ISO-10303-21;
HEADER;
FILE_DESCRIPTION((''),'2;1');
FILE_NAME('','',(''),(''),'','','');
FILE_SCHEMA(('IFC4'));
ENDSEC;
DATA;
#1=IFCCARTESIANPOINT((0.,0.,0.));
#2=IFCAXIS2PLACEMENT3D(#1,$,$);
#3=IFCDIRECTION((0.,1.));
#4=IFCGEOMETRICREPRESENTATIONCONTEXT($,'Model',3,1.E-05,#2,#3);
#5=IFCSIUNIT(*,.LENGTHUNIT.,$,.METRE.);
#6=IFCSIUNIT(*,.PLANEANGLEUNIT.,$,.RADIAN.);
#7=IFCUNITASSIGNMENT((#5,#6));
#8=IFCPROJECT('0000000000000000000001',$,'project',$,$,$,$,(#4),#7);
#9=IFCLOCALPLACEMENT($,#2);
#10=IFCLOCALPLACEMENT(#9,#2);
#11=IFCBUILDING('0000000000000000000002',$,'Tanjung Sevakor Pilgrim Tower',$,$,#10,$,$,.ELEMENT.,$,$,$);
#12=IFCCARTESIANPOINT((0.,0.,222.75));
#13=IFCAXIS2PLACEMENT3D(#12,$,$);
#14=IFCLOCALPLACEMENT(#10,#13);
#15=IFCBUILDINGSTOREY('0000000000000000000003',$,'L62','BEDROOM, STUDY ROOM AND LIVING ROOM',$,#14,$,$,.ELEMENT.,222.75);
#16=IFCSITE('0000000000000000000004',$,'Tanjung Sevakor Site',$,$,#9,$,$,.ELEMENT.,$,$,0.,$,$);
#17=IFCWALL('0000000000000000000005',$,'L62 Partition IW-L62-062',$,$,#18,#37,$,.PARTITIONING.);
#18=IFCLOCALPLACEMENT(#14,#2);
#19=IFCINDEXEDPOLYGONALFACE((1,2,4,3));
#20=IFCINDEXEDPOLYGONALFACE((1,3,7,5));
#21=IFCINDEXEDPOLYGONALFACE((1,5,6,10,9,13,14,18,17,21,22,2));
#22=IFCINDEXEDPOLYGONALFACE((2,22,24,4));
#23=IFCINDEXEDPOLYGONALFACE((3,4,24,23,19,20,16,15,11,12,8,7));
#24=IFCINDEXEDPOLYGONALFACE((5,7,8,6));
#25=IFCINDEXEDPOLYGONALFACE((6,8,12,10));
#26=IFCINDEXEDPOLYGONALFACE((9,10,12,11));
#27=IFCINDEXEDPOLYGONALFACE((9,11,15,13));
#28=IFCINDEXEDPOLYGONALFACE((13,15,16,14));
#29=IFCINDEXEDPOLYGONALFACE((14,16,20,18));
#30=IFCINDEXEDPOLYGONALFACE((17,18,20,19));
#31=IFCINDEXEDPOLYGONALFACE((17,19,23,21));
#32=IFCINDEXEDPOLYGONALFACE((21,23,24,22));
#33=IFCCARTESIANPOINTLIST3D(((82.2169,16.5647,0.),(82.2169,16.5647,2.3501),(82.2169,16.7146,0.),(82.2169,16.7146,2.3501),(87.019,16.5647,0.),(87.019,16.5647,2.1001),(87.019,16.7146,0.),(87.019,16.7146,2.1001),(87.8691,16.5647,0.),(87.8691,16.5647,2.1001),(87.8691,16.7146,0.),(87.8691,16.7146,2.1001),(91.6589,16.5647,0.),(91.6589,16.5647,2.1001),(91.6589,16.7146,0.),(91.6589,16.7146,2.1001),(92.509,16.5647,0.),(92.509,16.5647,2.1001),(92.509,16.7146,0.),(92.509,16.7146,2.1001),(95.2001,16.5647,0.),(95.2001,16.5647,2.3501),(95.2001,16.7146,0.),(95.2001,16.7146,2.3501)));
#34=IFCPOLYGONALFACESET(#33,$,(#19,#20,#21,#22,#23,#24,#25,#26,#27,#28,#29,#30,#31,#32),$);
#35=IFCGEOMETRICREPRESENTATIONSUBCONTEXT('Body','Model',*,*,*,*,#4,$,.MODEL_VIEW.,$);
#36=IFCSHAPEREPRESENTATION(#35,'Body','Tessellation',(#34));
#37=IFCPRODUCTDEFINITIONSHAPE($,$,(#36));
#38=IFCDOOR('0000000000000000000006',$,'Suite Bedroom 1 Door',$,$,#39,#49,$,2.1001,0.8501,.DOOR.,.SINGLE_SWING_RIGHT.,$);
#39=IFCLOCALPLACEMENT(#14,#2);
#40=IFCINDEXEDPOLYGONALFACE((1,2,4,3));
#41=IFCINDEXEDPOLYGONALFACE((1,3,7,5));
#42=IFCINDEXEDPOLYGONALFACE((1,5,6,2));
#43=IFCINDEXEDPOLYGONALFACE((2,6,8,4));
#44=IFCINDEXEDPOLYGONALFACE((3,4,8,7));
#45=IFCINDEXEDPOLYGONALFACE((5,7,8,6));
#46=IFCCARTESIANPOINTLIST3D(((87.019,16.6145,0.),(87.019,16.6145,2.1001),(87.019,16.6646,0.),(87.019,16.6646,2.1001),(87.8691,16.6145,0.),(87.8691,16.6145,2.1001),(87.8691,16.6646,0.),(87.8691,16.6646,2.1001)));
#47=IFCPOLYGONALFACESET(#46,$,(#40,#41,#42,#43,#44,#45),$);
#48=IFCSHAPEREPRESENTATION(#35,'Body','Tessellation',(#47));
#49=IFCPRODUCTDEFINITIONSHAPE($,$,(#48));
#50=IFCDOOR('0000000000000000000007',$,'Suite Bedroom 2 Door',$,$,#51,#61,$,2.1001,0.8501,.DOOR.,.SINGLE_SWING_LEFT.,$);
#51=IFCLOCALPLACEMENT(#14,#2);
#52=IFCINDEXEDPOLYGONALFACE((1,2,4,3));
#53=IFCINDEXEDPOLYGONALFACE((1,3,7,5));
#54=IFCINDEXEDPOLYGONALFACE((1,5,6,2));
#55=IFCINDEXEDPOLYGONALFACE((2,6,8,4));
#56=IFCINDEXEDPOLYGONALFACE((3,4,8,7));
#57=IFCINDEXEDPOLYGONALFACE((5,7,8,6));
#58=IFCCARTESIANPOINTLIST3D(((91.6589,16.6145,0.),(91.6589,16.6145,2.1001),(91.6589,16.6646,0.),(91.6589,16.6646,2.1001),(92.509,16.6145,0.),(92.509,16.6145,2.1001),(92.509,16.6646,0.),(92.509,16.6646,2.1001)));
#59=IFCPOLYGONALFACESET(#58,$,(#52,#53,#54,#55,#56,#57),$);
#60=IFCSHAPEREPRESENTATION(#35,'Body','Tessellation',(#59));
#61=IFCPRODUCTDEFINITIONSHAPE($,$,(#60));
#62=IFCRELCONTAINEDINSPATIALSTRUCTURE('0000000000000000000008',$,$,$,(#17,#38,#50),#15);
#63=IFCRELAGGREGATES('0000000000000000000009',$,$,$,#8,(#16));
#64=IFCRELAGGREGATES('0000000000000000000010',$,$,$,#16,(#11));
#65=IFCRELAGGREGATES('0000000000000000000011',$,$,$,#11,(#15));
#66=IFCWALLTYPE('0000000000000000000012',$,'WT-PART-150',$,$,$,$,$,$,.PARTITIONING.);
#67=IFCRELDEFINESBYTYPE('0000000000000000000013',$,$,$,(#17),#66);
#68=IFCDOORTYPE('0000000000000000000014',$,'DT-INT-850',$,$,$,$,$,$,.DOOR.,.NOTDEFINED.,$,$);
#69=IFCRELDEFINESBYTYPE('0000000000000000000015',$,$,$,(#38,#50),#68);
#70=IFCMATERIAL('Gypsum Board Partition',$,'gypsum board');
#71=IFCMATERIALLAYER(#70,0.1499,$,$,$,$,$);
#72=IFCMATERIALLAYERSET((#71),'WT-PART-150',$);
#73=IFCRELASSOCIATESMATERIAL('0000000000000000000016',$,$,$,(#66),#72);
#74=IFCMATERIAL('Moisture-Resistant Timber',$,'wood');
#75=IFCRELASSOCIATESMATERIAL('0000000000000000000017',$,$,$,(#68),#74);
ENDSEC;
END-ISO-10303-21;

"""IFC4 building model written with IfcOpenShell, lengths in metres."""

from ifc_helpers import new_model, si_unit, direction, frame, frame_2d, origin, place, context, subcontext, project, spatial, rectangle, extrude, material, layer, layer_set, type_object, element, fill, save


model = new_model("IFC4")

# Units and contexts
model_context = context("Model", 3, precision=1e-05, world=origin(), true_north=direction((0.0, 1.0)))
body_context = subcontext(model_context, "Body", "Model", "MODEL_VIEW")
ifc_project = project(units=[si_unit("LENGTHUNIT", "METRE"), si_unit("PLANEANGLEUNIT", "RADIAN")], contexts=[model_context])

# Site, building, storey
site_placement = place(None, origin())
site = spatial("IfcSite", under=ifc_project, at=site_placement, Name="Tanjung Sevakor Site", CompositionType="ELEMENT", RefElevation=0.0)
building_placement = place(site_placement, origin())
building = spatial("IfcBuilding", under=site, at=building_placement, Name="Tanjung Sevakor Pilgrim Tower", CompositionType="ELEMENT")
storey_placement = place(building_placement, frame((0.0, 0.0, 222.75)))
storey = spatial("IfcBuildingStorey", under=building, at=storey_placement, Name="L62", Description="BEDROOM, STUDY ROOM AND LIVING ROOM", CompositionType="ELEMENT", Elevation=222.75)

# Shared definitions
ifc_material_1 = material(Name="Gypsum Board Partition", Category="gypsum board")
ifc_layer_1 = layer(ifc_material_1, 0.1499)
ifc_layer_set_1 = layer_set([ifc_layer_1], Name="WT-PART-150")
wall_type_1 = type_object("IfcWallType", Name="WT-PART-150", PredefinedType="PARTITIONING", material=ifc_layer_set_1)

# Wall, openings, doors
ifc_material_2 = material(Name="Moisture-Resistant Timber", Category="wood")
door_type_1 = type_object("IfcDoorType", Name="DT-INT-850", OperationType="NOTDEFINED", PredefinedType="DOOR", material=ifc_material_2)
wall_1_placement = place(storey_placement, frame((82.2168, 16.6396, 0.0), z_axis=(0.0, 0.0, 1.0), x_axis=(1.0, 0.0, 0.0)))
wall_1 = element("IfcWall", 1, at=wall_1_placement, inside=storey, type_object=wall_type_1, Name="L62 Partition IW-L62-062", PredefinedType="PARTITIONING", context=body_context, shape_type="SweptSolid", body=[
    extrude(rectangle(XDim=12.9832, YDim=0.1499, at=frame_2d((6.4917, 0.0))), origin(), (0.0, 0.0, 1.0), 2.3501),
])
opening_1_placement = place(wall_1_placement, frame((4.8022, 0.0, 0.0)))
opening_1 = element("IfcOpeningElement", 2, at=opening_1_placement, cuts=wall_1, PredefinedType="OPENING", context=body_context, shape_type="SweptSolid", body=[
    extrude(rectangle(XDim=0.8501, YDim=2.1001, at=frame_2d((0.425, 1.05))), frame((0.0, 0.085, 0.0), z_axis=(0.0, -1.0, 0.0), x_axis=(1.0, 0.0, 0.0)), (0.0, 0.0, 1.0), 0.1699),
])
opening_2_placement = place(wall_1_placement, frame((9.4421, 0.0, 0.0)))
opening_2 = element("IfcOpeningElement", 3, at=opening_2_placement, cuts=wall_1, PredefinedType="OPENING", context=body_context, shape_type="SweptSolid", body=[
    extrude(rectangle(XDim=0.8501, YDim=2.1001, at=frame_2d((0.425, 1.05))), frame((0.0, 0.085, 0.0), z_axis=(0.0, -1.0, 0.0), x_axis=(1.0, 0.0, 0.0)), (0.0, 0.0, 1.0), 0.1699),
])
door_1_placement = place(opening_1_placement, origin())
door_1 = element("IfcDoor", 4, at=door_1_placement, inside=storey, type_object=door_type_1, Name="Suite Bedroom 1 Door", OperationType="SINGLE_SWING_RIGHT", OverallHeight=2.1001, OverallWidth=0.8501, PredefinedType="DOOR", context=body_context, shape_type="SweptSolid", body=[
    extrude(rectangle(XDim=0.8501, YDim=2.1001, at=frame_2d((0.425, 1.05))), frame((0.0, 0.0249, 0.0), z_axis=(0.0, -1.0, 0.0), x_axis=(1.0, 0.0, 0.0)), (0.0, 0.0, 1.0), 0.05),
])
fill(opening_1, door_1)
door_2_placement = place(opening_2_placement, origin())
door_2 = element("IfcDoor", 5, at=door_2_placement, inside=storey, type_object=door_type_1, Name="Suite Bedroom 2 Door", OperationType="SINGLE_SWING_LEFT", OverallHeight=2.1001, OverallWidth=0.8501, PredefinedType="DOOR", context=body_context, shape_type="SweptSolid", body=[
    extrude(rectangle(XDim=0.8501, YDim=2.1001, at=frame_2d((0.425, 1.05))), frame((0.0, 0.0249, 0.0), z_axis=(0.0, -1.0, 0.0), x_axis=(1.0, 0.0, 0.0)), (0.0, 0.0, 1.0), 0.05),
])
fill(opening_2, door_2)

save(model, "model.ifc")
